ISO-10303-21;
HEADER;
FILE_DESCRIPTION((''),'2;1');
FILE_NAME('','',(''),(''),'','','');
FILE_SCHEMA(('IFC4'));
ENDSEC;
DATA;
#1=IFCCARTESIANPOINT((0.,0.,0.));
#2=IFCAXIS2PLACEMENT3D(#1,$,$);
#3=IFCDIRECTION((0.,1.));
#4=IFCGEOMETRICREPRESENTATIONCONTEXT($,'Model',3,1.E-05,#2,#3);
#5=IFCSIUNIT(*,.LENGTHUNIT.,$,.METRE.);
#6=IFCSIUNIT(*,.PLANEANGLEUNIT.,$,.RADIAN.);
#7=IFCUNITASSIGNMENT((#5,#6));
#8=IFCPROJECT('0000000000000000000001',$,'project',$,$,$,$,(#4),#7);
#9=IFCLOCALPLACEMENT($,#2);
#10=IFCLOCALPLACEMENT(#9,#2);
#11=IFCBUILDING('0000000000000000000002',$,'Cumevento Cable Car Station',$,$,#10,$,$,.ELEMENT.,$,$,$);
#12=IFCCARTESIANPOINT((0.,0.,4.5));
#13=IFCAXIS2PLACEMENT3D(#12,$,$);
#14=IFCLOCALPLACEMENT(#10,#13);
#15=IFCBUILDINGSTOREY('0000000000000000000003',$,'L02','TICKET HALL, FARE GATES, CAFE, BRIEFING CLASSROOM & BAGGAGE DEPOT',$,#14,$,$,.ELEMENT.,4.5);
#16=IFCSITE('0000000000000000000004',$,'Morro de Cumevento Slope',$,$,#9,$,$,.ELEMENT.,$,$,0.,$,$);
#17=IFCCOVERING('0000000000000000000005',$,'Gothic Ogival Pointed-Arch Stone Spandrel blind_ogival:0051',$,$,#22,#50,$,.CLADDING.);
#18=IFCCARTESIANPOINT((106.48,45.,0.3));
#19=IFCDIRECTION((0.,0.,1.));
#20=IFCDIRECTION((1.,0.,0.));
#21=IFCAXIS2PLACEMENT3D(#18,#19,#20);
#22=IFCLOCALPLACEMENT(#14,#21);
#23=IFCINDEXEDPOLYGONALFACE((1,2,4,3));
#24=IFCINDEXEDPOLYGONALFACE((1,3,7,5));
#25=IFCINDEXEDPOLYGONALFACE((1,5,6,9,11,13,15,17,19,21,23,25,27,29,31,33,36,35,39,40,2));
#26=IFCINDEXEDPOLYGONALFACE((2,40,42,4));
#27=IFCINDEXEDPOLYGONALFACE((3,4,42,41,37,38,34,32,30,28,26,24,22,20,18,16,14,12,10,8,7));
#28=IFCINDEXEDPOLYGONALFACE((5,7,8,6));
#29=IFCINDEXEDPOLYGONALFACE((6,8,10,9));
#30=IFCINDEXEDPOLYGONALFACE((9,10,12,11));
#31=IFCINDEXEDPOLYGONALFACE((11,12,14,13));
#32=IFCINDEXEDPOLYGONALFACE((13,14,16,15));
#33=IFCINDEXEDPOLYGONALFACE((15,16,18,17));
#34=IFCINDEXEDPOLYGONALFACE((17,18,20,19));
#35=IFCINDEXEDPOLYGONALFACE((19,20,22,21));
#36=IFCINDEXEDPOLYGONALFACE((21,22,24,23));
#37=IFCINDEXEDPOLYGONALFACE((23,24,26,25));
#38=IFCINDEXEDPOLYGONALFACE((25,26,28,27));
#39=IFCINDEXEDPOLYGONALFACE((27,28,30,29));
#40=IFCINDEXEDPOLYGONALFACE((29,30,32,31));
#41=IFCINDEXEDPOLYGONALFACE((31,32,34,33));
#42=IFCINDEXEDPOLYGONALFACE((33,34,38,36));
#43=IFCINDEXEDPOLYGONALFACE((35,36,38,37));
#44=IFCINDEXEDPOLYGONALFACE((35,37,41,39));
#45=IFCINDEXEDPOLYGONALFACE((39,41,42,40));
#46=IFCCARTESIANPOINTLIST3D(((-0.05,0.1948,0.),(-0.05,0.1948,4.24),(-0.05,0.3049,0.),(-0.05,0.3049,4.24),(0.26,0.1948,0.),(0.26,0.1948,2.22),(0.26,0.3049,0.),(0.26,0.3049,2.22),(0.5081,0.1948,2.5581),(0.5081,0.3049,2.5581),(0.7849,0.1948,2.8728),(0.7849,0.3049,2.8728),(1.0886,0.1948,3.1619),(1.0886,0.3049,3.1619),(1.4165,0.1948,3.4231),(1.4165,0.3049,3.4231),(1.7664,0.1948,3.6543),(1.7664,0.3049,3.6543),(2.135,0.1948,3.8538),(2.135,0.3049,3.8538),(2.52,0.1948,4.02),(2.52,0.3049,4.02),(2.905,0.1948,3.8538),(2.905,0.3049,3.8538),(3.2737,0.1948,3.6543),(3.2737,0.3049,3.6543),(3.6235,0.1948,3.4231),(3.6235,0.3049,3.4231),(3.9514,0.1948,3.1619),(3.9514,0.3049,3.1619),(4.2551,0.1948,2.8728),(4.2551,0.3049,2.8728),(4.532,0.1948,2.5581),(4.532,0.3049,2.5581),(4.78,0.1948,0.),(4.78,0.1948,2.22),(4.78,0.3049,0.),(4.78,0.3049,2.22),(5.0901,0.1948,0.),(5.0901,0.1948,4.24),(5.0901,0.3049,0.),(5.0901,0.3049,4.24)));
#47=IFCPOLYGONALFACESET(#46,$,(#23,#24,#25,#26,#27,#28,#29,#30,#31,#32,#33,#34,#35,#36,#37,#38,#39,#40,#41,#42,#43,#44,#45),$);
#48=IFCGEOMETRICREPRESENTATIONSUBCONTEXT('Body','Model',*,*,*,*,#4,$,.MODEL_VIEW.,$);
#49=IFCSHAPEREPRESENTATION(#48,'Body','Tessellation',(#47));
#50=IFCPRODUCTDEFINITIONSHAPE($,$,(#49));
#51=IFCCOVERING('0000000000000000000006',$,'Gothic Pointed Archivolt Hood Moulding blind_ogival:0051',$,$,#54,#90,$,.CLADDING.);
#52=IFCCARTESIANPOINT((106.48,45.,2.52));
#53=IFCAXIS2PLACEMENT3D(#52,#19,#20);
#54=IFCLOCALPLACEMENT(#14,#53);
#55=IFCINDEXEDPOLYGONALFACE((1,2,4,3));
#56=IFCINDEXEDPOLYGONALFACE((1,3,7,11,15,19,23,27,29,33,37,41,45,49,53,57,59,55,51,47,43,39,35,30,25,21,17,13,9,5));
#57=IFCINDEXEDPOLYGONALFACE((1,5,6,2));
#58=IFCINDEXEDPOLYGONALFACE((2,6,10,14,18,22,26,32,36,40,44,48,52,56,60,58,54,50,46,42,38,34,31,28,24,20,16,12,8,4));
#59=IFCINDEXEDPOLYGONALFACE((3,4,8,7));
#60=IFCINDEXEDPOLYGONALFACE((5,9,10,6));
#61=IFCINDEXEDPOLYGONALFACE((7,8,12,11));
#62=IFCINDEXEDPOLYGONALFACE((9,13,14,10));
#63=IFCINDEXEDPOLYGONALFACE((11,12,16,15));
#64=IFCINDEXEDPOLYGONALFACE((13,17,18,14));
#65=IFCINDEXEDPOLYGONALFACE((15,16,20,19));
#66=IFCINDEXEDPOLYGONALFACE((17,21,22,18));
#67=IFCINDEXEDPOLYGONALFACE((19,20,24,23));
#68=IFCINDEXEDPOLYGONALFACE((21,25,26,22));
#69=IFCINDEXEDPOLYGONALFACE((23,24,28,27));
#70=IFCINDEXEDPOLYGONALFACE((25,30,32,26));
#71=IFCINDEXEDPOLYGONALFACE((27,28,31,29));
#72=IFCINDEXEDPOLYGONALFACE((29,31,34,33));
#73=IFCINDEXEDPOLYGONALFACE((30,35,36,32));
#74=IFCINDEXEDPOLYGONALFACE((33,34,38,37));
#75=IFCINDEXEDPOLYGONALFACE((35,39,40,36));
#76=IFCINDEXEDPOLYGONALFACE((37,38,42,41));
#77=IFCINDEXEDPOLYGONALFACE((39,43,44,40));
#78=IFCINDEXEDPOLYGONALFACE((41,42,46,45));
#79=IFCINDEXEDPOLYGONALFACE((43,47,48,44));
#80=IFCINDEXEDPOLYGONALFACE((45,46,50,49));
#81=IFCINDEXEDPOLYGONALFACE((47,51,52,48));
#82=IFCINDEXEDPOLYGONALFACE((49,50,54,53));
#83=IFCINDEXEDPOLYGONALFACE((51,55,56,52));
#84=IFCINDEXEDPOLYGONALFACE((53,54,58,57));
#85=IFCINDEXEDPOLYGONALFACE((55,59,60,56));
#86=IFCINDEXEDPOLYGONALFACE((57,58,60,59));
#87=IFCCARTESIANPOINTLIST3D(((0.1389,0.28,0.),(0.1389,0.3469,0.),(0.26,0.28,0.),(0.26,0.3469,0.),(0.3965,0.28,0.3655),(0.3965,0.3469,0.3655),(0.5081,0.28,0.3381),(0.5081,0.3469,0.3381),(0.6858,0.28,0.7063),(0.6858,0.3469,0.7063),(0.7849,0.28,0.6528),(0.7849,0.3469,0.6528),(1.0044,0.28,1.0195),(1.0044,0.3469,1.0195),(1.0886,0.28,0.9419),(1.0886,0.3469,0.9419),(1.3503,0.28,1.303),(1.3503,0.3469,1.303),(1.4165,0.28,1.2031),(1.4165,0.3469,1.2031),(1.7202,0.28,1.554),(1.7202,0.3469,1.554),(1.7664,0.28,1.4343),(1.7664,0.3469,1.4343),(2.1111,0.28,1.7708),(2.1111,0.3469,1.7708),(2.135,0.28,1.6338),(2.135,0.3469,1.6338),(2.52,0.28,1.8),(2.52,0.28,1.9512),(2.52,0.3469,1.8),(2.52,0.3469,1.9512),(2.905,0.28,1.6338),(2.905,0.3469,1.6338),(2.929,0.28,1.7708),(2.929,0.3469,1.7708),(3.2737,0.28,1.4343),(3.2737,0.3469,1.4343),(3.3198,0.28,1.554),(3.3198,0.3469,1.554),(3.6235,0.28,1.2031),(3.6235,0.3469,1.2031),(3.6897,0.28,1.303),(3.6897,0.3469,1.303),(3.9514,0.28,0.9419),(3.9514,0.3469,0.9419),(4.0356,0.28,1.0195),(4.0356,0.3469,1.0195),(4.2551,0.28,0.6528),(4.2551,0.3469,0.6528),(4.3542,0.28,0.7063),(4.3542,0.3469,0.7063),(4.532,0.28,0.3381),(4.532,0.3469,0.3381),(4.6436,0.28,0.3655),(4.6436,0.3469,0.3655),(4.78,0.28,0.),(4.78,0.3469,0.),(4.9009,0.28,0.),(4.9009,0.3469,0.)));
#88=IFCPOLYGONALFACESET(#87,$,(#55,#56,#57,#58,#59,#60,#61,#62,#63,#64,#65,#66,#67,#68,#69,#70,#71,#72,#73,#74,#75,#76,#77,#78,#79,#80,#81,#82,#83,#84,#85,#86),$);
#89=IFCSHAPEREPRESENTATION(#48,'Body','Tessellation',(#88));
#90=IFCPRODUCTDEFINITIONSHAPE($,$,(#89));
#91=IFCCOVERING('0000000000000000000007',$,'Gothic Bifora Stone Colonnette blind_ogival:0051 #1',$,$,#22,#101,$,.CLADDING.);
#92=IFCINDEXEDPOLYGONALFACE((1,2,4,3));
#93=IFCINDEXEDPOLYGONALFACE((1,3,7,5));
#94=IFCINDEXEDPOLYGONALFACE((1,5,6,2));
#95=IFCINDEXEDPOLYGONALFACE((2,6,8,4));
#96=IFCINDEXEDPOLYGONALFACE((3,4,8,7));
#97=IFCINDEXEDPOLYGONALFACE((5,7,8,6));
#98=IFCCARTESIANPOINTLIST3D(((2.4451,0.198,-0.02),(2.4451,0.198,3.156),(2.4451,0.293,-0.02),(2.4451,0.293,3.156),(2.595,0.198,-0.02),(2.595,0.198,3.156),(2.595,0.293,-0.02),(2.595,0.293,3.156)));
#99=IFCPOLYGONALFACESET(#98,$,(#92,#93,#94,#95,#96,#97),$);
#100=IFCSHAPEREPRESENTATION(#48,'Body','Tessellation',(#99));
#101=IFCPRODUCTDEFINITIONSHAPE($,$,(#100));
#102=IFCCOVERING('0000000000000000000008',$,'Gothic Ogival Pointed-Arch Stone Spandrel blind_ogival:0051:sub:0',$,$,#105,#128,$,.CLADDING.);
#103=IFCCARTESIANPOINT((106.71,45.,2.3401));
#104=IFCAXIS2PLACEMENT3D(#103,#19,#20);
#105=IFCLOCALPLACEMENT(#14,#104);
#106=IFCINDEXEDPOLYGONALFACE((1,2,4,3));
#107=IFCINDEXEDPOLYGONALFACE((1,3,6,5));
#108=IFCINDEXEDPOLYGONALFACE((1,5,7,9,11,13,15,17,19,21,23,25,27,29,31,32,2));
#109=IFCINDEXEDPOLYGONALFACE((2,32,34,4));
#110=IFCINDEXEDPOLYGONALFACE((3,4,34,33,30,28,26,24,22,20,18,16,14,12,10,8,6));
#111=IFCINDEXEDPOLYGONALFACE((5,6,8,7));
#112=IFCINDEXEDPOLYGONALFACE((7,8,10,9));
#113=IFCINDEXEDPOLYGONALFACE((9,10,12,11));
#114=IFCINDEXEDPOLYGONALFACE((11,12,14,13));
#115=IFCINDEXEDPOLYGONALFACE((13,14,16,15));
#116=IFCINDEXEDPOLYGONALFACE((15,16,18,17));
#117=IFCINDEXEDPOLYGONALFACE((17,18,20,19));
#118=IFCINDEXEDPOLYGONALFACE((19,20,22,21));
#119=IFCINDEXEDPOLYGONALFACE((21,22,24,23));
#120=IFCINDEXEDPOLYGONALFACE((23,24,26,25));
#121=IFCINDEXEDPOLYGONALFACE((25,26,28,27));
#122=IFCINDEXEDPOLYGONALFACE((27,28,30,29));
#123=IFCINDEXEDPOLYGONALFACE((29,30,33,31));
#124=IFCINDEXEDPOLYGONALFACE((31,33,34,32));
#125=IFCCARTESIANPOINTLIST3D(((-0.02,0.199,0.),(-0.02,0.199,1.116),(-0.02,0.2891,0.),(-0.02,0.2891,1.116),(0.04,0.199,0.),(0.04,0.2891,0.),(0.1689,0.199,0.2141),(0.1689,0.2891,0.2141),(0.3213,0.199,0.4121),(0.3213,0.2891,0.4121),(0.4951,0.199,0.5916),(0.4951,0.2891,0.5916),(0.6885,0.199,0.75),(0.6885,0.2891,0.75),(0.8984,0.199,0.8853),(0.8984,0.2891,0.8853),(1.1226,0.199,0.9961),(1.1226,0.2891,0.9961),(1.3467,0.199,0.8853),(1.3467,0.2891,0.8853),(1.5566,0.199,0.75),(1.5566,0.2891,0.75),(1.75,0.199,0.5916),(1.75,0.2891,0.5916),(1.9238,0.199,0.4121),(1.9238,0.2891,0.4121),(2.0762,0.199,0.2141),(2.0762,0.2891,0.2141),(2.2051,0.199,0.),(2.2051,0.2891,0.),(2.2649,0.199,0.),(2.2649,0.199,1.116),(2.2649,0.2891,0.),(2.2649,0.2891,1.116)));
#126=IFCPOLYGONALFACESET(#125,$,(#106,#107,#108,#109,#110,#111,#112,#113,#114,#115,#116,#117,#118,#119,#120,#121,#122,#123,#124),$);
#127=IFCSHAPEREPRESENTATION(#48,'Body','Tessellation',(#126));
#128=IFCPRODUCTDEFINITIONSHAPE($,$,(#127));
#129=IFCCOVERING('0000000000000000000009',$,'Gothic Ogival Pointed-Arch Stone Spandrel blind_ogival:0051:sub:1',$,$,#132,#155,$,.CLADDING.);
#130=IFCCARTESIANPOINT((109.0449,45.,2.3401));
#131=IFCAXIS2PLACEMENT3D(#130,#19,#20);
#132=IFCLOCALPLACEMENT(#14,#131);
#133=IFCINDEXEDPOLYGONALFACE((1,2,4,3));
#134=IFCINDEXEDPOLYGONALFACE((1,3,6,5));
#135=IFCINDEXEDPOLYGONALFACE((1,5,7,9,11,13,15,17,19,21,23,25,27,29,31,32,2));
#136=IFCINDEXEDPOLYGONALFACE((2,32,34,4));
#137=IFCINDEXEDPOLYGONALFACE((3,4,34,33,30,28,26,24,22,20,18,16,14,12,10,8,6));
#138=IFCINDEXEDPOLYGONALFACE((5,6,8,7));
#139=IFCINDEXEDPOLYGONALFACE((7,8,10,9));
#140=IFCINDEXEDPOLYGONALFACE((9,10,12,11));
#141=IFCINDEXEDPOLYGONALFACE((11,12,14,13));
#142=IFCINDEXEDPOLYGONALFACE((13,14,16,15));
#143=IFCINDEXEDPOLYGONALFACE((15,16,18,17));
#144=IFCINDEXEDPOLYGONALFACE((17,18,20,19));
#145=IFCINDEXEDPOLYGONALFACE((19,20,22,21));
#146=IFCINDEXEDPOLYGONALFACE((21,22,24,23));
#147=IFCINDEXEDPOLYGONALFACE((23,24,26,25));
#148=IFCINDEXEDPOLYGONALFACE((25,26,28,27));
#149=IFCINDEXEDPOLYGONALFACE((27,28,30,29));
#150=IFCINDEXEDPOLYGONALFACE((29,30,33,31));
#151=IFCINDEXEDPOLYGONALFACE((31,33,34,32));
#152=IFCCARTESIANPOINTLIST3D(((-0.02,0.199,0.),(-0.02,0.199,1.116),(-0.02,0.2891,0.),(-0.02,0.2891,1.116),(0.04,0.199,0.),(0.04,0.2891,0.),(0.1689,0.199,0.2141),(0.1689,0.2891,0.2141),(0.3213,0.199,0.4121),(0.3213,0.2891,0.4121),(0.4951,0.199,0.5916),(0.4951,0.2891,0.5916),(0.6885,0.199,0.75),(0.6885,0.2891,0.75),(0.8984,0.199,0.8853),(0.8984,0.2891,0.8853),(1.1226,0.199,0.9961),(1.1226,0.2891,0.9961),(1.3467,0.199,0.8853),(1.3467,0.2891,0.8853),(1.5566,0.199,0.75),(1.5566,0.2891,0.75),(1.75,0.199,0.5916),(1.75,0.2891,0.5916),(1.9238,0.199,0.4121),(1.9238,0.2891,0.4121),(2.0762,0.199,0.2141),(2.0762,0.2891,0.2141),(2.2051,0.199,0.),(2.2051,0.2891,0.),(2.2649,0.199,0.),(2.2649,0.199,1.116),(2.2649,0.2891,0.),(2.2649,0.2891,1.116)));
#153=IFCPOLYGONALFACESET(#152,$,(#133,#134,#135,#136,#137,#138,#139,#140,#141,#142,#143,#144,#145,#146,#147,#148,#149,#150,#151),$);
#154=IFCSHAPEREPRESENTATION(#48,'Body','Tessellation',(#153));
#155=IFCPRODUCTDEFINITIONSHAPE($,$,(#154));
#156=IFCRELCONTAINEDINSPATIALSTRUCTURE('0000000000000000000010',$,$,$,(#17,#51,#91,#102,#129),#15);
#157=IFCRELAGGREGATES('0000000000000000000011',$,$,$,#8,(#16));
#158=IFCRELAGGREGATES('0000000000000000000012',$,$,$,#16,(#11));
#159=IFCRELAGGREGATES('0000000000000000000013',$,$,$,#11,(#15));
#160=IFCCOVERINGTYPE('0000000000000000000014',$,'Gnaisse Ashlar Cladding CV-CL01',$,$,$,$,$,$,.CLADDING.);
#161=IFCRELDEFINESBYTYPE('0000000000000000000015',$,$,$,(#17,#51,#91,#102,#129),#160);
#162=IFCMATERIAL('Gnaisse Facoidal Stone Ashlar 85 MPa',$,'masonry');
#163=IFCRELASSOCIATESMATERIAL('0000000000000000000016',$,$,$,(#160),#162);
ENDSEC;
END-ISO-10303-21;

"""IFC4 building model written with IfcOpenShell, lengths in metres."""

from ifc_helpers import new_model, si_unit, direction, frame, origin, place, context, subcontext, project, spatial, polyline, outline, extrude, material, type_object, element, save


model = new_model("IFC4")

# Units and contexts
model_context = context("Model", 3, precision=1e-05, world=origin(), true_north=direction((0.0, 1.0)))
body_context = subcontext(model_context, "Body", "Model", "MODEL_VIEW")
ifc_project = project(units=[si_unit("LENGTHUNIT", "METRE"), si_unit("PLANEANGLEUNIT", "RADIAN")], contexts=[model_context])

# Site, building, storey
site_placement = place(None, origin())
site = spatial("IfcSite", under=ifc_project, at=site_placement, Name="Morro de Cumevento Slope", CompositionType="ELEMENT", RefElevation=0.0)
building_placement = place(site_placement, origin())
building = spatial("IfcBuilding", under=site, at=building_placement, Name="Cumevento Cable Car Station", CompositionType="ELEMENT")
storey_placement = place(building_placement, frame((0.0, 0.0, 4.5)))
storey = spatial("IfcBuildingStorey", under=building, at=storey_placement, Name="L02", Description="TICKET HALL, FARE GATES, CAFE, BRIEFING CLASSROOM & BAGGAGE DEPOT", CompositionType="ELEMENT", Elevation=4.5)

# Coverings
ifc_material_1 = material(Name="Gnaisse Facoidal Stone Ashlar 85 MPa", Category="masonry")
covering_type = type_object("IfcCoveringType", Name="Gnaisse Ashlar Cladding CV-CL01", PredefinedType="CLADDING", material=ifc_material_1)
placement_1 = place(storey_placement, frame((106.48, 45.0, 0.3), z_axis=(0.0, 0.0, 1.0), x_axis=(1.0, 0.0, 0.0)))
element("IfcCovering", 1, at=placement_1, inside=storey, type_object=covering_type, Name="Gothic Ogival Pointed-Arch Stone Spandrel blind_ogival:0051", PredefinedType="CLADDING", context=body_context, shape_type="SweptSolid", body=[
    extrude(outline(polyline([(-0.05, 0.0), (-0.05, 4.24), (5.0901, 4.24), (5.0901, 0.0), (4.78, 0.0), (4.78, 2.22), (4.532, 2.5581), (4.2551, 2.8728), (3.9514, 3.1619), (3.6235, 3.4231), (3.2737, 3.6543), (2.905, 3.8538), (2.52, 4.02), (2.135, 3.8538), (1.7664, 3.6543), (1.4165, 3.4231), (1.0886, 3.1619), (0.7849, 2.8728), (0.5081, 2.5581), (0.26, 2.22), (0.26, 0.0), (-0.05, 0.0)])), frame((0.0, 0.3049, 0.0), z_axis=(0.0, -1.0, 0.0), x_axis=(1.0, 0.0, 0.0)), (0.0, 0.0, 1.0), 0.1101),
])
covering_1_placement = place(storey_placement, frame((106.48, 45.0, 2.52), z_axis=(0.0, 0.0, 1.0), x_axis=(1.0, 0.0, 0.0)))
element("IfcCovering", 2, at=covering_1_placement, inside=storey, type_object=covering_type, Name="Gothic Pointed Archivolt Hood Moulding blind_ogival:0051", PredefinedType="CLADDING", context=body_context, shape_type="SweptSolid", body=[
    extrude(outline(polyline([(0.26, 0.0), (0.5081, 0.3381), (0.7849, 0.6528), (1.0886, 0.9419), (1.4165, 1.2031), (1.7664, 1.4343), (2.135, 1.6338), (2.52, 1.8), (2.905, 1.6338), (3.2737, 1.4343), (3.6235, 1.2031), (3.9514, 0.9419), (4.2551, 0.6528), (4.532, 0.3381), (4.78, 0.0), (4.9009, 0.0), (4.6436, 0.3655), (4.3542, 0.7063), (4.0356, 1.0195), (3.6897, 1.303), (3.3198, 1.554), (2.929, 1.7708), (2.52, 1.9512), (2.1111, 1.7708), (1.7202, 1.554), (1.3503, 1.303), (1.0044, 1.0195), (0.6858, 0.7063), (0.3965, 0.3655), (0.1389, 0.0), (0.26, 0.0)])), frame((0.0, 0.3469, 0.0), z_axis=(0.0, -1.0, 0.0), x_axis=(1.0, 0.0, 0.0)), (0.0, 0.0, 1.0), 0.0669),
])
element("IfcCovering", 3, at=placement_1, inside=storey, type_object=covering_type, Name="Gothic Bifora Stone Colonnette blind_ogival:0051 #1", PredefinedType="CLADDING", context=body_context, shape_type="SweptSolid", body=[
    extrude(outline(polyline([(2.4451, -0.02), (2.595, -0.02), (2.595, 3.156), (2.4451, 3.156), (2.4451, -0.02)])), frame((0.0, 0.293, 0.0), z_axis=(0.0, -1.0, 0.0), x_axis=(1.0, 0.0, 0.0)), (0.0, 0.0, 1.0), 0.095),
])
for number, where, z_axis, x_axis, name in (
    (4, (106.71, 45.0, 2.3401), (0.0, 0.0, 1.0), (1.0, 0.0, 0.0), "Gothic Ogival Pointed-Arch Stone Spandrel blind_ogival:0051:sub:0"),
    (5, (109.0449, 45.0, 2.3401), (0.0, 0.0, 1.0), (1.0, 0.0, 0.0), "Gothic Ogival Pointed-Arch Stone Spandrel blind_ogival:0051:sub:1"),
):
    element("IfcCovering", number, at=place(storey_placement, frame(where, z_axis=z_axis, x_axis=x_axis)), inside=storey, type_object=covering_type, Name=name, PredefinedType="CLADDING", context=body_context, shape_type="SweptSolid", body=[
        extrude(outline(polyline([(-0.02, 0.0), (-0.02, 1.116), (2.2649, 1.116), (2.2649, 0.0), (2.2051, 0.0), (2.0762, 0.2141), (1.9238, 0.4121), (1.75, 0.5916), (1.5566, 0.75), (1.3467, 0.8853), (1.1226, 0.9961), (0.8984, 0.8853), (0.6885, 0.75), (0.4951, 0.5916), (0.3213, 0.4121), (0.1689, 0.2141), (0.04, 0.0), (-0.02, 0.0)])), frame((0.0, 0.2891, 0.0), z_axis=(0.0, -1.0, 0.0), x_axis=(1.0, 0.0, 0.0)), (0.0, 0.0, 1.0), 0.0901),
    ])

save(model, "model.ifc")
